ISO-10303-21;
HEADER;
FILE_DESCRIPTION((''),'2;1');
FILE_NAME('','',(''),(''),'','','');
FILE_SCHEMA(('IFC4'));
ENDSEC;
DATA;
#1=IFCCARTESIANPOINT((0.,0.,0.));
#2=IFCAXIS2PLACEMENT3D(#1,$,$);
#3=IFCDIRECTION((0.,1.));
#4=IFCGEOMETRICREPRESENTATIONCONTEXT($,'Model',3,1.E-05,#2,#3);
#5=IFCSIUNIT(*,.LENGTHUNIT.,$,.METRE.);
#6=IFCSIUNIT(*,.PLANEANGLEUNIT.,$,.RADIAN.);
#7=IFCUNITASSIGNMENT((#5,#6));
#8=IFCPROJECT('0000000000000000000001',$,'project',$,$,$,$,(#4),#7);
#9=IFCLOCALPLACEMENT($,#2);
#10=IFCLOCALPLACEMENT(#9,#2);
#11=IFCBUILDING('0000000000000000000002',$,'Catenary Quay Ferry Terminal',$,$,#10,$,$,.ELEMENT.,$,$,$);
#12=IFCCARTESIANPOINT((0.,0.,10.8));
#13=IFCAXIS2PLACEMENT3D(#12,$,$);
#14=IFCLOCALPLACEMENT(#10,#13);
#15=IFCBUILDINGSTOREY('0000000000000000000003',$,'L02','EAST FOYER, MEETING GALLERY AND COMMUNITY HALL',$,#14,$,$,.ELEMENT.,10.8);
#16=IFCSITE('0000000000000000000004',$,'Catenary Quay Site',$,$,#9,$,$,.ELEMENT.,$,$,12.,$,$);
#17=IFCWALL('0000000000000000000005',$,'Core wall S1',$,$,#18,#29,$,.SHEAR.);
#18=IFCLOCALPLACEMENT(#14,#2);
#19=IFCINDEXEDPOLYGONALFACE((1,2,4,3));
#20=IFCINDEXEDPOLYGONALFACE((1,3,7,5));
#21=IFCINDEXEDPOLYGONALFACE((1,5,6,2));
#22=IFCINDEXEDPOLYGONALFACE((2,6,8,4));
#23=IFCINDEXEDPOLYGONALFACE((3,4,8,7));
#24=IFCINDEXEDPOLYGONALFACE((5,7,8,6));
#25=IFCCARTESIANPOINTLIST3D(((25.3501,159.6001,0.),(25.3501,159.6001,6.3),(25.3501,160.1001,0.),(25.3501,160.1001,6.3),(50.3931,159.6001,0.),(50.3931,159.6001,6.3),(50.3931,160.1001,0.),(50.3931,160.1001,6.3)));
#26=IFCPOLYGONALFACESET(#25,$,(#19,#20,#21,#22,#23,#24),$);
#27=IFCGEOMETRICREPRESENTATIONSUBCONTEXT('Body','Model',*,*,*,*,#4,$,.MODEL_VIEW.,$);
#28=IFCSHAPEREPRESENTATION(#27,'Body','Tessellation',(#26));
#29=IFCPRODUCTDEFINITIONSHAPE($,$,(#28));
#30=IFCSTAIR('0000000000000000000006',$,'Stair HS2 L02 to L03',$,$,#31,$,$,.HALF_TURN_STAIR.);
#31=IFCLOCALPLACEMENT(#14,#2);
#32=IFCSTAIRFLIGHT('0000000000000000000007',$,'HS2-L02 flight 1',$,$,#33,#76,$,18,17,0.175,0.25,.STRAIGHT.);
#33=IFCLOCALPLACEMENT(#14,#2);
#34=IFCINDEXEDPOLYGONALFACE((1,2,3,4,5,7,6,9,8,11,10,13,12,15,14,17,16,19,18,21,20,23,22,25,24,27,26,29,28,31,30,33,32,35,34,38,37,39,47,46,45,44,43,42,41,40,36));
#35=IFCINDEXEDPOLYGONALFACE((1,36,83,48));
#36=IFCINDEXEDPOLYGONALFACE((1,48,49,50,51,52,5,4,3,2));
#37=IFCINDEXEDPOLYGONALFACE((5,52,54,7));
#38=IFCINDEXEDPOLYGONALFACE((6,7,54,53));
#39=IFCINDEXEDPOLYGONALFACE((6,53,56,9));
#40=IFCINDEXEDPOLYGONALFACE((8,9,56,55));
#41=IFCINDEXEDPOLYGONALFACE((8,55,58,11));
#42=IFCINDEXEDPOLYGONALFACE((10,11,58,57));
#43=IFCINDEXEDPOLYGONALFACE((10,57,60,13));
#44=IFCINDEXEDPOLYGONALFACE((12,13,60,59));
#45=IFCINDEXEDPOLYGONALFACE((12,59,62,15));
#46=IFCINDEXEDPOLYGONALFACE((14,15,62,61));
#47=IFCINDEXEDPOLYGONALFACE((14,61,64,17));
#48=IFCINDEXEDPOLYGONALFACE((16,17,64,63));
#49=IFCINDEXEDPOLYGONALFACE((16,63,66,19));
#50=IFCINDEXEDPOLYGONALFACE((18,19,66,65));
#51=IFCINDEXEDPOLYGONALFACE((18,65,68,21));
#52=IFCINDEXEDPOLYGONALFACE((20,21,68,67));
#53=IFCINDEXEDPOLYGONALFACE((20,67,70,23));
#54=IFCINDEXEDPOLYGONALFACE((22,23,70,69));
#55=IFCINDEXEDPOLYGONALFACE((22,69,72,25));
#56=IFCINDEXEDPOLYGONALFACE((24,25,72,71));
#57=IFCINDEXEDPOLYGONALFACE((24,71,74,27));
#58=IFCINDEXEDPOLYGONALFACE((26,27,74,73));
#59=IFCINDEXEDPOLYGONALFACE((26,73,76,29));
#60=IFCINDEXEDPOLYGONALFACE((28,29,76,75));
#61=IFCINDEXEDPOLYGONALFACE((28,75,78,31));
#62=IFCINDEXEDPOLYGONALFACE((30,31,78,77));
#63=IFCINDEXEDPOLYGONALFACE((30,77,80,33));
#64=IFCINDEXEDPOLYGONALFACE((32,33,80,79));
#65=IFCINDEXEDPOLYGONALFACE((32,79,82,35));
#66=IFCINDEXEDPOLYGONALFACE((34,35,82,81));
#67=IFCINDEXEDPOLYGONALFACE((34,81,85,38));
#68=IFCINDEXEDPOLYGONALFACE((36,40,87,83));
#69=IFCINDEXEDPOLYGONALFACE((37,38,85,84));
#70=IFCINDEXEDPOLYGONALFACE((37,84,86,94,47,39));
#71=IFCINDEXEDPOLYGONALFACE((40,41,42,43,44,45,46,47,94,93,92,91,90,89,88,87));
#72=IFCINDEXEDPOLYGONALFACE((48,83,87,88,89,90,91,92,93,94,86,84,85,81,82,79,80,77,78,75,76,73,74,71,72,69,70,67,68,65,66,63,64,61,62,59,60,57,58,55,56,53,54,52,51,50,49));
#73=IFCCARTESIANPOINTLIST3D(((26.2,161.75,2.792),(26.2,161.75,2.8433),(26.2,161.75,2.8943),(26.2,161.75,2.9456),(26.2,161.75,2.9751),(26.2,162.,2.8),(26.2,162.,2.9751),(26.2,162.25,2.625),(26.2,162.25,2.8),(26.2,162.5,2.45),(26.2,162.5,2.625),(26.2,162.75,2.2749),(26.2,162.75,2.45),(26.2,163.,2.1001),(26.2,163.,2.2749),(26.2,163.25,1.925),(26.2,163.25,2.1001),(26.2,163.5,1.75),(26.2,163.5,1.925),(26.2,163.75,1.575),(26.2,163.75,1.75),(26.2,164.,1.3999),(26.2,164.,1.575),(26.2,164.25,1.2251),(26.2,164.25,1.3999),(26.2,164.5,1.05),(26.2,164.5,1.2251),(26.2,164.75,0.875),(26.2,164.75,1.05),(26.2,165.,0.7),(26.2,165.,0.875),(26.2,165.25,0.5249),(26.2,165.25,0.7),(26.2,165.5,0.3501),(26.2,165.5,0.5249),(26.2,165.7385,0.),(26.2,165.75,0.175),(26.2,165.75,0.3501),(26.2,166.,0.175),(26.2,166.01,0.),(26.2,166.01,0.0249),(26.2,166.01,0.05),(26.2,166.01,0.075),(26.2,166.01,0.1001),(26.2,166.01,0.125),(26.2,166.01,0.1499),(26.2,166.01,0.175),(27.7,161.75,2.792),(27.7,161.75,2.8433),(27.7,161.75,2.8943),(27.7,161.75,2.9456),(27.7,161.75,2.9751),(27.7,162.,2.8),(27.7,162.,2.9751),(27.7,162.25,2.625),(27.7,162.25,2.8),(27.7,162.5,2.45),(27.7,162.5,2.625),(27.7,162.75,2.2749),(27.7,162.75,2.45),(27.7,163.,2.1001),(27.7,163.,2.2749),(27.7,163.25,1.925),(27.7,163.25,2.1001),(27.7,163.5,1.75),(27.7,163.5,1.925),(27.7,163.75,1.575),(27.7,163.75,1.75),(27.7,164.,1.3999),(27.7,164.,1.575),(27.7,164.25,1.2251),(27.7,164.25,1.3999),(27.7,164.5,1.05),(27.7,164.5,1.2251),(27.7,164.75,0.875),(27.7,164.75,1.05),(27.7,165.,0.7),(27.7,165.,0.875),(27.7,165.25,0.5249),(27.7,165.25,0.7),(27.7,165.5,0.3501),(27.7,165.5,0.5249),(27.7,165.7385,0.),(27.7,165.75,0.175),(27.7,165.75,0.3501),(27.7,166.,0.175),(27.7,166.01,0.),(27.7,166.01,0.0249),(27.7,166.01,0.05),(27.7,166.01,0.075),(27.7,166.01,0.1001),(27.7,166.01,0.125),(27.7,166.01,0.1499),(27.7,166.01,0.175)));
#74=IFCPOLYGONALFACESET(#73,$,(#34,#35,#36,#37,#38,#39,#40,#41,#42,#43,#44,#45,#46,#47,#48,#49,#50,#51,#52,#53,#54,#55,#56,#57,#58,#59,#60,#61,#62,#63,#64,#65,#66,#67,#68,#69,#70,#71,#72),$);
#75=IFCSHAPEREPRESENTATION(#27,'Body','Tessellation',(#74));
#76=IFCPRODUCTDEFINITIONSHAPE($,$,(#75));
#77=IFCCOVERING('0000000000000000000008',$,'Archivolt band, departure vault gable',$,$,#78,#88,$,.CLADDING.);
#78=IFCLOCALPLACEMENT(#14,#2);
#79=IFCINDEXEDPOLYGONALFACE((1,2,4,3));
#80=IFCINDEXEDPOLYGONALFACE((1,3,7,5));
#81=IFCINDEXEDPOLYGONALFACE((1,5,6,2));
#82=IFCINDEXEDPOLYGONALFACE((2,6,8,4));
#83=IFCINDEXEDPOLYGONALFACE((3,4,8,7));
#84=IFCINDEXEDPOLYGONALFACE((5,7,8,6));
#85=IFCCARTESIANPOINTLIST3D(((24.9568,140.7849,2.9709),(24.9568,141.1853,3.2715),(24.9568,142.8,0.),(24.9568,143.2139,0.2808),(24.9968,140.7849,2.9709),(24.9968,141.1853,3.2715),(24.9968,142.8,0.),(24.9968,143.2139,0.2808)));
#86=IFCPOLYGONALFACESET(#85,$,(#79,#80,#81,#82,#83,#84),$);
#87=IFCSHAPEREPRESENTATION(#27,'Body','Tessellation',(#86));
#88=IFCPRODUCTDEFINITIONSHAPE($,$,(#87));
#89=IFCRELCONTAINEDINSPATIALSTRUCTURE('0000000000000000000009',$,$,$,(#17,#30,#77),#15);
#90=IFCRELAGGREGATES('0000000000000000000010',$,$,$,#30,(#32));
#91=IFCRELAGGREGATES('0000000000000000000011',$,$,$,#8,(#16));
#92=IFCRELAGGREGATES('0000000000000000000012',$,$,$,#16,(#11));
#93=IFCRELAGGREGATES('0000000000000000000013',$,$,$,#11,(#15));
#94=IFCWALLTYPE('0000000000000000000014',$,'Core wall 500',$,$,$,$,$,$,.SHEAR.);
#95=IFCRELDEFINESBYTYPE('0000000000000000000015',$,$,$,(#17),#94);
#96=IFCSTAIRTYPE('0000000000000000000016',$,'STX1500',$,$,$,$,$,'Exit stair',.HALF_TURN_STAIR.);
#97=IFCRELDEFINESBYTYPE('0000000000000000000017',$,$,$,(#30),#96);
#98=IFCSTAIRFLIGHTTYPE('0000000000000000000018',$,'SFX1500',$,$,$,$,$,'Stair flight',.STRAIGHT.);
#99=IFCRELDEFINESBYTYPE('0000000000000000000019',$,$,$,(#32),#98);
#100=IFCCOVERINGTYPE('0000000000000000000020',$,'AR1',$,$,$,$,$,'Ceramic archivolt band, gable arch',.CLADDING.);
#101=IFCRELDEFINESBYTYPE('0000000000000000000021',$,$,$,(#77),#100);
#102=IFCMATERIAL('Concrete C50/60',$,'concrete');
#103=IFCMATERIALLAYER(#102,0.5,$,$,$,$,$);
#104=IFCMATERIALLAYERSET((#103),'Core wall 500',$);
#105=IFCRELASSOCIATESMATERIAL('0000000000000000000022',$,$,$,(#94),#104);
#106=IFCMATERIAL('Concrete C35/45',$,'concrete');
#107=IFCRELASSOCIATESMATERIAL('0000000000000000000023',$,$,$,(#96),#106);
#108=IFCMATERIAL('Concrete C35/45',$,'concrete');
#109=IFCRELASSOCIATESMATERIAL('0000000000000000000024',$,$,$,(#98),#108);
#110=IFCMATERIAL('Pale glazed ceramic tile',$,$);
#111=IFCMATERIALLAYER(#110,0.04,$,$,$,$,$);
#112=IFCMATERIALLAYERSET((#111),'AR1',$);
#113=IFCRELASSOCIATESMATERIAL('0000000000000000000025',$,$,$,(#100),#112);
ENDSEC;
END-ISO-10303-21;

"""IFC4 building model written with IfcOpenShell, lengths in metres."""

from ifc_helpers import new_model, si_unit, direction, frame, frame_2d, origin, place, context, subcontext, project, spatial, polyline, rectangle, outline, extrude, material, layer, layer_set, type_object, element, aggregate, save


model = new_model("IFC4")

# Units and contexts
model_context = context("Model", 3, precision=1e-05, world=origin(), true_north=direction((0.0, 1.0)))
body_context = subcontext(model_context, "Body", "Model", "MODEL_VIEW")
ifc_project = project(units=[si_unit("LENGTHUNIT", "METRE"), si_unit("PLANEANGLEUNIT", "RADIAN")], contexts=[model_context])

# Site, building, storey
site_placement = place(None, origin())
site = spatial("IfcSite", under=ifc_project, at=site_placement, Name="Catenary Quay Site", CompositionType="ELEMENT", RefElevation=12.0)
building_placement = place(site_placement, origin())
building = spatial("IfcBuilding", under=site, at=building_placement, Name="Catenary Quay Ferry Terminal", CompositionType="ELEMENT")
storey_placement = place(building_placement, frame((0.0, 0.0, 10.8)))
storey = spatial("IfcBuildingStorey", under=building, at=storey_placement, Name="L02", Description="EAST FOYER, MEETING GALLERY AND COMMUNITY HALL", CompositionType="ELEMENT", Elevation=10.8)

# Wall
ifc_material_1 = material(Name="Concrete C50/60", Category="concrete")
ifc_layer_1 = layer(ifc_material_1, 0.5)
ifc_layer_set_1 = layer_set([ifc_layer_1], Name="Core wall 500")
wall_type_1 = type_object("IfcWallType", Name="Core wall 500", PredefinedType="SHEAR", material=ifc_layer_set_1)
wall_1_placement = place(storey_placement, frame((25.3501, 159.8501, 0.0), z_axis=(0.0, 0.0, 1.0), x_axis=(1.0, 0.0, 0.0)))
element("IfcWall", 1, at=wall_1_placement, inside=storey, type_object=wall_type_1, Name="Core wall S1", PredefinedType="SHEAR", context=body_context, shape_type="SweptSolid", body=[
    extrude(rectangle(XDim=25.043, YDim=0.5, at=frame_2d((12.5215, 0.0))), origin(), (0.0, 0.0, 1.0), 6.3),
])

# Stair, stair flight
ifc_material_2 = material(Name="Concrete C35/45", Category="concrete")
stair_type = type_object("IfcStairType", Name="STX1500", ElementType="Exit stair", PredefinedType="HALF_TURN_STAIR", material=ifc_material_2)
stair_placement = place(storey_placement, origin())
stair = element("IfcStair", 2, at=stair_placement, inside=storey, type_object=stair_type, Name="Stair HS2 L02 to L03", PredefinedType="HALF_TURN_STAIR")
ifc_material_3 = material(Name="Concrete C35/45", Category="concrete")
stair_flight_type = type_object("IfcStairFlightType", Name="SFX1500", ElementType="Stair flight", PredefinedType="STRAIGHT", material=ifc_material_3)
stair_flight_placement = place(storey_placement, frame((26.95, 166.0, 0.0), z_axis=(0.0, 0.0, 1.0), x_axis=(0.0, -1.0, 0.0)))
stair_flight = element("IfcStairFlight", 3, at=stair_flight_placement, type_object=stair_flight_type, Name="HS2-L02 flight 1", NumberOfRisers=18, NumberOfTreads=17, PredefinedType="STRAIGHT", RiserHeight=0.175, TreadLength=0.25, context=body_context, shape_type="SweptSolid", body=[
    extrude(outline(polyline([(-0.01, 0.0), (-0.01, 0.0249), (-0.01, 0.05), (-0.01, 0.075), (-0.01, 0.1001), (-0.01, 0.125), (-0.01, 0.1499), (-0.01, 0.175), (0.0, 0.175), (0.25, 0.175), (0.25, 0.3501), (0.5, 0.3501), (0.5, 0.5249), (0.75, 0.5249), (0.75, 0.7), (1.0, 0.7), (1.0, 0.875), (1.25, 0.875), (1.25, 1.05), (1.5, 1.05), (1.5, 1.2251), (1.75, 1.2251), (1.75, 1.3999), (2.0, 1.3999), (2.0, 1.575), (2.25, 1.575), (2.25, 1.75), (2.5, 1.75), (2.5, 1.925), (2.75, 1.925), (2.75, 2.1001), (3.0, 2.1001), (3.0, 2.2749), (3.25, 2.2749), (3.25, 2.45), (3.5, 2.45), (3.5, 2.625), (3.75, 2.625), (3.75, 2.8), (4.0, 2.8), (4.0, 2.9751), (4.25, 2.9751), (4.25, 3.1499), (4.25, 3.0989), (4.25, 3.0476), (4.25, 2.9966), (4.25, 2.9456), (4.25, 2.8943), (4.25, 2.8433), (4.25, 2.792), (0.2615, 0.0), (-0.01, 0.0)])), frame((0.0, 0.75, 0.0), z_axis=(0.0, -1.0, 0.0), x_axis=(1.0, 0.0, 0.0)), (0.0, 0.0, 1.0), 1.5),
])
aggregate(stair, [stair_flight])

# Covering
ifc_material_4 = material(Name="Pale glazed ceramic tile")
ifc_layer_2 = layer(ifc_material_4, 0.04)
ifc_layer_set_2 = layer_set([ifc_layer_2], Name="AR1")
covering_type = type_object("IfcCoveringType", Name="AR1", ElementType="Ceramic archivolt band, gable arch", PredefinedType="CLADDING", material=ifc_layer_set_2)
covering_placement = place(storey_placement, frame((24.9968, 140.7849, 2.9709), z_axis=(1.0, 0.0, 0.0), x_axis=(0.0, 0.561337, -0.827587)))
element("IfcCovering", 4, at=covering_placement, inside=storey, type_object=covering_type, Name="Archivolt band, departure vault gable", PredefinedType="CLADDING", context=body_context, shape_type="SweptSolid", body=[
    extrude(outline(polyline([(0.0, 0.0), (3.5899, 0.0), (3.5898, 0.5001), (-0.024, 0.5001), (0.0, 0.0)])), origin(), (0.0, 0.0, -1.0), 0.04),
])

save(model, "model.ifc")
